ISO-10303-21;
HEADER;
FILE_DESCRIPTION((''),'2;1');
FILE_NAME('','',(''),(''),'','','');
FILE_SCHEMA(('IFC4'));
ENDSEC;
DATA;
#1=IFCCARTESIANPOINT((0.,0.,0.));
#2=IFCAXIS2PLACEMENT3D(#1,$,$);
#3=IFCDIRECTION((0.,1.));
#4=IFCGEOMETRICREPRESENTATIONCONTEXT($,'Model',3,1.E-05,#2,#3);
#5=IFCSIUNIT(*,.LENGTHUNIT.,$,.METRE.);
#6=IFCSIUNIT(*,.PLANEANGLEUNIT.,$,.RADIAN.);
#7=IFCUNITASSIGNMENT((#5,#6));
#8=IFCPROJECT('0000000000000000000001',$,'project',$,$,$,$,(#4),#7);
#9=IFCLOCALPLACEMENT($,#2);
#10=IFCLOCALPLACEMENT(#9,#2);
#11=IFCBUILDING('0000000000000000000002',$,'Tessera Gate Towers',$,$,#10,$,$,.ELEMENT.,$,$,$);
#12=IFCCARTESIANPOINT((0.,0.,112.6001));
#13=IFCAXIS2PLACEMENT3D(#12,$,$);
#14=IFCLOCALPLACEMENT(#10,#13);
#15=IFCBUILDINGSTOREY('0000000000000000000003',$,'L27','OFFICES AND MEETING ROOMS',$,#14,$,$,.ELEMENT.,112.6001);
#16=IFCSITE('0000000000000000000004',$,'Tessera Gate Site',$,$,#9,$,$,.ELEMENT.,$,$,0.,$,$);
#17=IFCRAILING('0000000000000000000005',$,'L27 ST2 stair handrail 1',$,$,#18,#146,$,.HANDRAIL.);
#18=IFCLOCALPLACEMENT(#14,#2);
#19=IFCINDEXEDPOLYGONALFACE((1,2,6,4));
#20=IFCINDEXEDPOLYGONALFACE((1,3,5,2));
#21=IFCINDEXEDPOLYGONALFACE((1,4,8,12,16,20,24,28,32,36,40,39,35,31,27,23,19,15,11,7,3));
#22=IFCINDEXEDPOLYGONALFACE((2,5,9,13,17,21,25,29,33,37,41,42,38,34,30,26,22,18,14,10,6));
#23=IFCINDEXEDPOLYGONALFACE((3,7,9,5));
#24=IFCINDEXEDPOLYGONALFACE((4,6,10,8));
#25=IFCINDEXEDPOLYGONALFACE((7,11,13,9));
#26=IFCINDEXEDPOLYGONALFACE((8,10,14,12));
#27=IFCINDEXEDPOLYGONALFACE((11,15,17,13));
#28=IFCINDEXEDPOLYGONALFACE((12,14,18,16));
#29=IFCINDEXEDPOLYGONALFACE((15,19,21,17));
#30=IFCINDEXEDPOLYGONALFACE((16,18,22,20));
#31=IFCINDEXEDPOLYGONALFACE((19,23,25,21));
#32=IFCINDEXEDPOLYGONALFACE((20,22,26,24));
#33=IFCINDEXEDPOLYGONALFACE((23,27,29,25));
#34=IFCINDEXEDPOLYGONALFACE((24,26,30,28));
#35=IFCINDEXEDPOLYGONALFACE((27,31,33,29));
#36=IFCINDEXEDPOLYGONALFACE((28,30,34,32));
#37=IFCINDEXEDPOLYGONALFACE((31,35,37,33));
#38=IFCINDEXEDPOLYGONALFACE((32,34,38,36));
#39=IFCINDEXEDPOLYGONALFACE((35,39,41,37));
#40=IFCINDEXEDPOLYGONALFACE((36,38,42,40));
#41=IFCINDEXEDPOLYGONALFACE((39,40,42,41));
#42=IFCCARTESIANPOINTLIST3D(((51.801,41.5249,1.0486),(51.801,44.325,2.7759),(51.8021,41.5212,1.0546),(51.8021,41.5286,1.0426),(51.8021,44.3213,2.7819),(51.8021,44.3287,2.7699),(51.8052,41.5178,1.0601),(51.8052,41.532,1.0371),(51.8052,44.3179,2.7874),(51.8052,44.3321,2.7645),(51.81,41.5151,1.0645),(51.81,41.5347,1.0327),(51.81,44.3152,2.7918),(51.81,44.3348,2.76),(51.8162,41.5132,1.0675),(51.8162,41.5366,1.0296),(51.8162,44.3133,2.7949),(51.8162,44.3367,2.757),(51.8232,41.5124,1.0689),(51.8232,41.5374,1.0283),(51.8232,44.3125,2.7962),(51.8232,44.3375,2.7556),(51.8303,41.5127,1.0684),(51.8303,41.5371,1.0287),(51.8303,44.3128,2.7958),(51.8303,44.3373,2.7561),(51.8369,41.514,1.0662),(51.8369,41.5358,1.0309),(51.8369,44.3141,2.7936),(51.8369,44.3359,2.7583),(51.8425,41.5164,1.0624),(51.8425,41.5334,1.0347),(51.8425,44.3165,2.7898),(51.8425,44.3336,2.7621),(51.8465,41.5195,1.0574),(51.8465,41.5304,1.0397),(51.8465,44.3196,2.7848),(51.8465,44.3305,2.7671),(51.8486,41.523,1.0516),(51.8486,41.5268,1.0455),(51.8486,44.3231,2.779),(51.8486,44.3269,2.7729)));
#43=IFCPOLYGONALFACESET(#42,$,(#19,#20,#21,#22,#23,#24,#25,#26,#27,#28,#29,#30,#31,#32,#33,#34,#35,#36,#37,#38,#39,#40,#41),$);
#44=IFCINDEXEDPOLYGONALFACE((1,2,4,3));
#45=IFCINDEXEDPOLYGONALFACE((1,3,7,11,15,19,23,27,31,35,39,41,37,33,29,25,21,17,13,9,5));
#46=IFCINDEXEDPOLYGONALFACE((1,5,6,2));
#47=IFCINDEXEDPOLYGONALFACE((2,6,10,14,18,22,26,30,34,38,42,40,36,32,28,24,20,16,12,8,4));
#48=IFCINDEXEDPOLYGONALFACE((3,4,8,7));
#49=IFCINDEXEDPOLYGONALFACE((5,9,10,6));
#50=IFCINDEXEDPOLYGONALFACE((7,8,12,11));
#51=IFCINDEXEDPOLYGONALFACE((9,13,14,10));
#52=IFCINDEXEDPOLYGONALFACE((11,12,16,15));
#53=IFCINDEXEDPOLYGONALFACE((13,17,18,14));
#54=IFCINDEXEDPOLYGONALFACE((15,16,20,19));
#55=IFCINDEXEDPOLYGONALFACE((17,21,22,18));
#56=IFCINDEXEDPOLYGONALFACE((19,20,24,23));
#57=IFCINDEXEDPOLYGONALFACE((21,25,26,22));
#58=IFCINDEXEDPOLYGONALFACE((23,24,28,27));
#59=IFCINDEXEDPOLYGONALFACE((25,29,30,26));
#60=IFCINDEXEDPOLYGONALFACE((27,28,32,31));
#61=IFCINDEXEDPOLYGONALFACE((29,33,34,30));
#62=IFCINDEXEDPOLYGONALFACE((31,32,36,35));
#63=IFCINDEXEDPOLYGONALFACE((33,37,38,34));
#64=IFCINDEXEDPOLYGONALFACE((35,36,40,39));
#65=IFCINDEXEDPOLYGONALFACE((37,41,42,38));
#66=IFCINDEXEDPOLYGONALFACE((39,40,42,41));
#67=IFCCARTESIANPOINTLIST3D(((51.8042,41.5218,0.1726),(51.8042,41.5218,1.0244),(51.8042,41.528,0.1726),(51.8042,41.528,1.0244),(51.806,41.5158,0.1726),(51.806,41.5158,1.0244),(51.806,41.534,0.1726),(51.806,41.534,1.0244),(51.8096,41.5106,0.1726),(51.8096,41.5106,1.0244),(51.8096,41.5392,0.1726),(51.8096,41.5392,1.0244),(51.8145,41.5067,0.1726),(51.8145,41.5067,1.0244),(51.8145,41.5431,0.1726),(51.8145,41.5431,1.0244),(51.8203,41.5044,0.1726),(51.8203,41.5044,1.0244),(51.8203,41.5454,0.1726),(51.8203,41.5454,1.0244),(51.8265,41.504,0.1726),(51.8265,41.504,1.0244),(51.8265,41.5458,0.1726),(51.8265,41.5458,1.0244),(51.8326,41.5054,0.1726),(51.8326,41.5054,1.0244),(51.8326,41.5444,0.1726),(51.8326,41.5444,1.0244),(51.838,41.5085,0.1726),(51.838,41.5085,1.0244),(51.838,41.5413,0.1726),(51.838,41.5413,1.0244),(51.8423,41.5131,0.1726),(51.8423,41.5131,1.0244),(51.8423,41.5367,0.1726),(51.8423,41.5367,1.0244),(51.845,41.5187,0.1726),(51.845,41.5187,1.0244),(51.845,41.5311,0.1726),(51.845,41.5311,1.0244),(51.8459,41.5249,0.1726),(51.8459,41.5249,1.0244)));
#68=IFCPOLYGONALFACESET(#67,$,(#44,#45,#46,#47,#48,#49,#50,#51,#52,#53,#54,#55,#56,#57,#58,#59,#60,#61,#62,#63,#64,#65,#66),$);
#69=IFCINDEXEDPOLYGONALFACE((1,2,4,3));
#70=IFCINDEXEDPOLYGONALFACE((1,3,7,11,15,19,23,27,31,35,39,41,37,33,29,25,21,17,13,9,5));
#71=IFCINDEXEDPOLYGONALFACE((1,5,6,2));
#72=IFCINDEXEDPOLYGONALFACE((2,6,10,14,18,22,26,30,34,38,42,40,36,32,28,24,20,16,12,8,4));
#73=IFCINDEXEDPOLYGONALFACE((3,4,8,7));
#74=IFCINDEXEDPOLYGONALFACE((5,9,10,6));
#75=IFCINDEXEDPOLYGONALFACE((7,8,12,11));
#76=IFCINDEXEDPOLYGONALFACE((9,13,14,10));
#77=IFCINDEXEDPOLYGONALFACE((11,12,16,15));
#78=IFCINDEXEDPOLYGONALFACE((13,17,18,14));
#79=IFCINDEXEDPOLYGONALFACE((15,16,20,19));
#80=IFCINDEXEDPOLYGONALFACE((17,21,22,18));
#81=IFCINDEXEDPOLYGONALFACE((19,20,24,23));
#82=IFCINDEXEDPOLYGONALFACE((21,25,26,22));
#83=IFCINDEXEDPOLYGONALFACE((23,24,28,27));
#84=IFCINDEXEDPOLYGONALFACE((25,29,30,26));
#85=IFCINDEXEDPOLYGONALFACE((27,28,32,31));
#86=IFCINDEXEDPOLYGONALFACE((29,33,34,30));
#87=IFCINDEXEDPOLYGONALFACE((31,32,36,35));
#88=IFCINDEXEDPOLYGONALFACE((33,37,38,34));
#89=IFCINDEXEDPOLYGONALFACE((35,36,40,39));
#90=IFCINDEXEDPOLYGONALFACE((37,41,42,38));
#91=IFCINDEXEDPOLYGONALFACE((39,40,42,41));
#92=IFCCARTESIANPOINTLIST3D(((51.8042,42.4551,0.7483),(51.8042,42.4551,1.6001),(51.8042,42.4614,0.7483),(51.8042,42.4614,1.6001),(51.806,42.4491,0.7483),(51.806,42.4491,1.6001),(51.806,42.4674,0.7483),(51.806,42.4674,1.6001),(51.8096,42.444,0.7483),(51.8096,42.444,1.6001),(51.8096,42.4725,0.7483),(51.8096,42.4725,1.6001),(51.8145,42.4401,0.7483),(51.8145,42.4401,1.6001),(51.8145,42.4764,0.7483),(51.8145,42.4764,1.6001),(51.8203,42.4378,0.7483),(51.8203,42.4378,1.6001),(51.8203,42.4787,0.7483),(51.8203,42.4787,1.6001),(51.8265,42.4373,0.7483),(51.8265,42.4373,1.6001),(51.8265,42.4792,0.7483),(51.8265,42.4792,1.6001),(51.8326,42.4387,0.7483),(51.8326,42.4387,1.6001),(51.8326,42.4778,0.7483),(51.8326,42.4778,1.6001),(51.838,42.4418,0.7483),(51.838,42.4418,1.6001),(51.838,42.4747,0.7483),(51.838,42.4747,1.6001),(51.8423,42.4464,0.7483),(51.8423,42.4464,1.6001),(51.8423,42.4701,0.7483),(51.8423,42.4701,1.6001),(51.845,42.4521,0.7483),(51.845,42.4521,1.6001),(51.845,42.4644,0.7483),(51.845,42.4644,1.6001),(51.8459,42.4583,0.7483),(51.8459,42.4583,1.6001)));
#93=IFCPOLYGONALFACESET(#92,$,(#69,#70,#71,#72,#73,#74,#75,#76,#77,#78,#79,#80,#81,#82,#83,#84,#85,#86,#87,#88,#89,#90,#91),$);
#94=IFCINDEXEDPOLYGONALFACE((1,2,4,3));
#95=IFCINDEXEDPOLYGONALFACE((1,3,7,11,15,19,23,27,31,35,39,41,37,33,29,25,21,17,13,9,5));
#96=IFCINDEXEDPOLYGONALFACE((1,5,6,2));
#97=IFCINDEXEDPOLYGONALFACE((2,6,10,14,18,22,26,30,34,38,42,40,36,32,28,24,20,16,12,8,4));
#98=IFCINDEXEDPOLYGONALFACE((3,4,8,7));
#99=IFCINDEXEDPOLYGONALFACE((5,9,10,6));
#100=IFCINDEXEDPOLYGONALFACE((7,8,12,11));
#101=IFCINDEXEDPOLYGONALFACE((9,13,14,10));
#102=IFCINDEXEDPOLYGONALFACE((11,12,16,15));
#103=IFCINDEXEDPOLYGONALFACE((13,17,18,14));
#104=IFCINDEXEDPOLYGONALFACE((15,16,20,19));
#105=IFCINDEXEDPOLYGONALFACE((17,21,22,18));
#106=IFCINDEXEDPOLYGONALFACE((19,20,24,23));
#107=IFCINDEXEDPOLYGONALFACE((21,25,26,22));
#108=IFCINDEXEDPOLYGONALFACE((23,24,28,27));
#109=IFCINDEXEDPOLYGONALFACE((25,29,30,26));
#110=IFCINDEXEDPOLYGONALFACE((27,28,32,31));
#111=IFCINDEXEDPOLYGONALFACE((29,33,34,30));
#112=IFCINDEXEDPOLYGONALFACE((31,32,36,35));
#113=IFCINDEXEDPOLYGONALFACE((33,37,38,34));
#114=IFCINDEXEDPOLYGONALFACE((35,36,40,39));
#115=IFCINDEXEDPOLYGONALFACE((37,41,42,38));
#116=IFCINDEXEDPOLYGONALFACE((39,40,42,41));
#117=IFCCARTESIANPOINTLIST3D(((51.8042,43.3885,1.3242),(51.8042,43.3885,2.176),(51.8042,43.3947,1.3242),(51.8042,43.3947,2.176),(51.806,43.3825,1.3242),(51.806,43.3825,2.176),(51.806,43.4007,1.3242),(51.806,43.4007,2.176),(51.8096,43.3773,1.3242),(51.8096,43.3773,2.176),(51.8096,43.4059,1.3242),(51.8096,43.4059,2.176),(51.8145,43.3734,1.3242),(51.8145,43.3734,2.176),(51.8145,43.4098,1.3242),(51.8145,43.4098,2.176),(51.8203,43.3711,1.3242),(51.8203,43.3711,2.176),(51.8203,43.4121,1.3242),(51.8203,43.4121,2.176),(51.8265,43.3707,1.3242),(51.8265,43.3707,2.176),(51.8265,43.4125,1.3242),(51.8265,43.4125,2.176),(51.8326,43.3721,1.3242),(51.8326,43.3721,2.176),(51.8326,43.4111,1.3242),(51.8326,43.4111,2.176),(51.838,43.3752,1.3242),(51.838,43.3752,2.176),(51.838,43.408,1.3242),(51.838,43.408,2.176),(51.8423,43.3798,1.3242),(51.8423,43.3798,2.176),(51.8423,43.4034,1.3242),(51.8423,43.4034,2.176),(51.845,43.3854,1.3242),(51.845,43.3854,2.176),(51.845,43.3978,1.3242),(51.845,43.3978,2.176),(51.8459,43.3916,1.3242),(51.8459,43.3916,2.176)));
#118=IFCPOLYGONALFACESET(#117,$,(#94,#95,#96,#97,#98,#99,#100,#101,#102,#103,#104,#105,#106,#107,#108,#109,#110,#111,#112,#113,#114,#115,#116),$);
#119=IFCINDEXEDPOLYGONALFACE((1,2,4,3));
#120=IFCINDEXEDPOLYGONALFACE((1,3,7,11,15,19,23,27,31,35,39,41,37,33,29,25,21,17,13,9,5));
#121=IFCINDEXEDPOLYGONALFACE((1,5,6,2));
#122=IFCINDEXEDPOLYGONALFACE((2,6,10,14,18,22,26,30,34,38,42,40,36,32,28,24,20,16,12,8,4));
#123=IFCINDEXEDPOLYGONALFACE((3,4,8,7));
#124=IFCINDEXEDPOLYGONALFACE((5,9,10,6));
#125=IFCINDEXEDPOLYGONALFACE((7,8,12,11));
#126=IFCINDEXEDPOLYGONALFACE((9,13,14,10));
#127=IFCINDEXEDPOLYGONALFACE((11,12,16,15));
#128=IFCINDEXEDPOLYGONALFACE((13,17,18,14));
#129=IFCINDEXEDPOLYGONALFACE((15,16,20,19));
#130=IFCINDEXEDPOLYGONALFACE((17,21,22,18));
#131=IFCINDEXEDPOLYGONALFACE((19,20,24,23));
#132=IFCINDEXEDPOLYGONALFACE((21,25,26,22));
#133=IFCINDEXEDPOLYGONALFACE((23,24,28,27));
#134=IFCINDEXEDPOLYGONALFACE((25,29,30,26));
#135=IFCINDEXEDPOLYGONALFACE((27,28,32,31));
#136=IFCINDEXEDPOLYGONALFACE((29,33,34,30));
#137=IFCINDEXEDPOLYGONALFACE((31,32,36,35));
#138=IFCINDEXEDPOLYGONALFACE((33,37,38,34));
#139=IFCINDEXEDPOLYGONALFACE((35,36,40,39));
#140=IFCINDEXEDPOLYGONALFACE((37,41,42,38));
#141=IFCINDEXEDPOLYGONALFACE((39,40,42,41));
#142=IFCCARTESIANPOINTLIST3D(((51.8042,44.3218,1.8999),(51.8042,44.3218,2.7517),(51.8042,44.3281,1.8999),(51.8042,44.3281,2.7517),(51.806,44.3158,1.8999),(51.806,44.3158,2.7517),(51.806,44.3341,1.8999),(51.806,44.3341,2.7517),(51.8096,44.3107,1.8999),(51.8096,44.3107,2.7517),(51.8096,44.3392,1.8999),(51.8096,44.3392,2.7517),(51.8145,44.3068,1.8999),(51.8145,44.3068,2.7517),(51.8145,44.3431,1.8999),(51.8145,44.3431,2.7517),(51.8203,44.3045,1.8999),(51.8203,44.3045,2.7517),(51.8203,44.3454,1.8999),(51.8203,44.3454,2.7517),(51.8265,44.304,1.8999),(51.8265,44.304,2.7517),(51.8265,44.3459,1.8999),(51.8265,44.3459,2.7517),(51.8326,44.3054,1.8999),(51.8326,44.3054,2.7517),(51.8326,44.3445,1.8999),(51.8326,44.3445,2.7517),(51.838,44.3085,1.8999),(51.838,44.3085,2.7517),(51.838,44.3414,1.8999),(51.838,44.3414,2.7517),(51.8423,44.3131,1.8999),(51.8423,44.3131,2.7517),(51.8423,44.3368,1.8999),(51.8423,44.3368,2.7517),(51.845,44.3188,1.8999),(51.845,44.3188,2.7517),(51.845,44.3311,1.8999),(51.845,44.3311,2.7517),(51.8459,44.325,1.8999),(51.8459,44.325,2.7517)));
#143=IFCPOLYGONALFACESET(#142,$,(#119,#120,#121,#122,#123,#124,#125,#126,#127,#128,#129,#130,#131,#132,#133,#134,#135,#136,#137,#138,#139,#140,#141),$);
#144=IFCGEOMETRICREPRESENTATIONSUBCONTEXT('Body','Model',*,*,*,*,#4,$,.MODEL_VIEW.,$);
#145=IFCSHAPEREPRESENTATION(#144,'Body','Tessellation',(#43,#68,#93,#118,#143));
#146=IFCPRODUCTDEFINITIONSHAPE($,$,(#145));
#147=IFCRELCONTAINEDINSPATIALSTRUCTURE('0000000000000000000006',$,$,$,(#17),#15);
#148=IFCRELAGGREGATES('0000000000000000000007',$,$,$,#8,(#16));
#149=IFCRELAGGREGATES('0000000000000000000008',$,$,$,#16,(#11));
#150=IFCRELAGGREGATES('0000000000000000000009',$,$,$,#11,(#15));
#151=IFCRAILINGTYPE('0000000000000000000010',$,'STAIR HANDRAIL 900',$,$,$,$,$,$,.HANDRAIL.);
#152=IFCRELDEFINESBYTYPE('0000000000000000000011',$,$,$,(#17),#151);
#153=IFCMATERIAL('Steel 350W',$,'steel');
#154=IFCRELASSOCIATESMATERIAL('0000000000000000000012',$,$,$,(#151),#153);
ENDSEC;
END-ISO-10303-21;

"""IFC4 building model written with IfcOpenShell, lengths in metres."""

from ifc_helpers import new_model, si_unit, direction, frame, origin, origin_2d, place, context, subcontext, project, spatial, circle, extrude, material, type_object, element, save


model = new_model("IFC4")

# Units and contexts
model_context = context("Model", 3, precision=1e-05, world=origin(), true_north=direction((0.0, 1.0)))
body_context = subcontext(model_context, "Body", "Model", "MODEL_VIEW")
ifc_project = project(units=[si_unit("LENGTHUNIT", "METRE"), si_unit("PLANEANGLEUNIT", "RADIAN")], contexts=[model_context])

# Site, building, storey
site_placement = place(None, origin())
site = spatial("IfcSite", under=ifc_project, at=site_placement, Name="Tessera Gate Site", CompositionType="ELEMENT", RefElevation=0.0)
building_placement = place(site_placement, origin())
building = spatial("IfcBuilding", under=site, at=building_placement, Name="Tessera Gate Towers", CompositionType="ELEMENT")
storey_placement = place(building_placement, frame((0.0, 0.0, 112.6001)))
storey = spatial("IfcBuildingStorey", under=building, at=storey_placement, Name="L27", Description="OFFICES AND MEETING ROOMS", CompositionType="ELEMENT", Elevation=112.6001)

# Railing
ifc_material_1 = material(Name="Steel 350W", Category="steel")
railing_type_1 = type_object("IfcRailingType", Name="STAIR HANDRAIL 900", PredefinedType="HANDRAIL", material=ifc_material_1)
railing_1_placement = place(storey_placement, frame((51.825, 41.5249, 0.1726)))
element("IfcRailing", 1, at=railing_1_placement, inside=storey, type_object=railing_type_1, Name="L27 ST2 stair handrail 1", PredefinedType="HANDRAIL", context=body_context, shape_type="SweptSolid", body=[
    extrude(circle(Radius=0.0239, at=origin_2d()), frame((0.0, 0.0, 0.876), z_axis=(0.0, 0.85109, 0.52502), x_axis=(-1.0, 0.0, 0.0)), (0.0, 0.0, 1.0), 3.29),
    extrude(circle(Radius=0.021, at=origin_2d()), origin(), (0.0, 0.0, 1.0), 0.8518),
    extrude(circle(Radius=0.021, at=origin_2d()), frame((0.0, 0.9333, 0.5757)), (0.0, 0.0, 1.0), 0.8518),
    extrude(circle(Radius=0.021, at=origin_2d()), frame((0.0, 1.8667, 1.1516)), (0.0, 0.0, 1.0), 0.8518),
    extrude(circle(Radius=0.021, at=origin_2d()), frame((0.0, 2.8, 1.7273)), (0.0, 0.0, 1.0), 0.8518),
])

save(model, "model.ifc")
